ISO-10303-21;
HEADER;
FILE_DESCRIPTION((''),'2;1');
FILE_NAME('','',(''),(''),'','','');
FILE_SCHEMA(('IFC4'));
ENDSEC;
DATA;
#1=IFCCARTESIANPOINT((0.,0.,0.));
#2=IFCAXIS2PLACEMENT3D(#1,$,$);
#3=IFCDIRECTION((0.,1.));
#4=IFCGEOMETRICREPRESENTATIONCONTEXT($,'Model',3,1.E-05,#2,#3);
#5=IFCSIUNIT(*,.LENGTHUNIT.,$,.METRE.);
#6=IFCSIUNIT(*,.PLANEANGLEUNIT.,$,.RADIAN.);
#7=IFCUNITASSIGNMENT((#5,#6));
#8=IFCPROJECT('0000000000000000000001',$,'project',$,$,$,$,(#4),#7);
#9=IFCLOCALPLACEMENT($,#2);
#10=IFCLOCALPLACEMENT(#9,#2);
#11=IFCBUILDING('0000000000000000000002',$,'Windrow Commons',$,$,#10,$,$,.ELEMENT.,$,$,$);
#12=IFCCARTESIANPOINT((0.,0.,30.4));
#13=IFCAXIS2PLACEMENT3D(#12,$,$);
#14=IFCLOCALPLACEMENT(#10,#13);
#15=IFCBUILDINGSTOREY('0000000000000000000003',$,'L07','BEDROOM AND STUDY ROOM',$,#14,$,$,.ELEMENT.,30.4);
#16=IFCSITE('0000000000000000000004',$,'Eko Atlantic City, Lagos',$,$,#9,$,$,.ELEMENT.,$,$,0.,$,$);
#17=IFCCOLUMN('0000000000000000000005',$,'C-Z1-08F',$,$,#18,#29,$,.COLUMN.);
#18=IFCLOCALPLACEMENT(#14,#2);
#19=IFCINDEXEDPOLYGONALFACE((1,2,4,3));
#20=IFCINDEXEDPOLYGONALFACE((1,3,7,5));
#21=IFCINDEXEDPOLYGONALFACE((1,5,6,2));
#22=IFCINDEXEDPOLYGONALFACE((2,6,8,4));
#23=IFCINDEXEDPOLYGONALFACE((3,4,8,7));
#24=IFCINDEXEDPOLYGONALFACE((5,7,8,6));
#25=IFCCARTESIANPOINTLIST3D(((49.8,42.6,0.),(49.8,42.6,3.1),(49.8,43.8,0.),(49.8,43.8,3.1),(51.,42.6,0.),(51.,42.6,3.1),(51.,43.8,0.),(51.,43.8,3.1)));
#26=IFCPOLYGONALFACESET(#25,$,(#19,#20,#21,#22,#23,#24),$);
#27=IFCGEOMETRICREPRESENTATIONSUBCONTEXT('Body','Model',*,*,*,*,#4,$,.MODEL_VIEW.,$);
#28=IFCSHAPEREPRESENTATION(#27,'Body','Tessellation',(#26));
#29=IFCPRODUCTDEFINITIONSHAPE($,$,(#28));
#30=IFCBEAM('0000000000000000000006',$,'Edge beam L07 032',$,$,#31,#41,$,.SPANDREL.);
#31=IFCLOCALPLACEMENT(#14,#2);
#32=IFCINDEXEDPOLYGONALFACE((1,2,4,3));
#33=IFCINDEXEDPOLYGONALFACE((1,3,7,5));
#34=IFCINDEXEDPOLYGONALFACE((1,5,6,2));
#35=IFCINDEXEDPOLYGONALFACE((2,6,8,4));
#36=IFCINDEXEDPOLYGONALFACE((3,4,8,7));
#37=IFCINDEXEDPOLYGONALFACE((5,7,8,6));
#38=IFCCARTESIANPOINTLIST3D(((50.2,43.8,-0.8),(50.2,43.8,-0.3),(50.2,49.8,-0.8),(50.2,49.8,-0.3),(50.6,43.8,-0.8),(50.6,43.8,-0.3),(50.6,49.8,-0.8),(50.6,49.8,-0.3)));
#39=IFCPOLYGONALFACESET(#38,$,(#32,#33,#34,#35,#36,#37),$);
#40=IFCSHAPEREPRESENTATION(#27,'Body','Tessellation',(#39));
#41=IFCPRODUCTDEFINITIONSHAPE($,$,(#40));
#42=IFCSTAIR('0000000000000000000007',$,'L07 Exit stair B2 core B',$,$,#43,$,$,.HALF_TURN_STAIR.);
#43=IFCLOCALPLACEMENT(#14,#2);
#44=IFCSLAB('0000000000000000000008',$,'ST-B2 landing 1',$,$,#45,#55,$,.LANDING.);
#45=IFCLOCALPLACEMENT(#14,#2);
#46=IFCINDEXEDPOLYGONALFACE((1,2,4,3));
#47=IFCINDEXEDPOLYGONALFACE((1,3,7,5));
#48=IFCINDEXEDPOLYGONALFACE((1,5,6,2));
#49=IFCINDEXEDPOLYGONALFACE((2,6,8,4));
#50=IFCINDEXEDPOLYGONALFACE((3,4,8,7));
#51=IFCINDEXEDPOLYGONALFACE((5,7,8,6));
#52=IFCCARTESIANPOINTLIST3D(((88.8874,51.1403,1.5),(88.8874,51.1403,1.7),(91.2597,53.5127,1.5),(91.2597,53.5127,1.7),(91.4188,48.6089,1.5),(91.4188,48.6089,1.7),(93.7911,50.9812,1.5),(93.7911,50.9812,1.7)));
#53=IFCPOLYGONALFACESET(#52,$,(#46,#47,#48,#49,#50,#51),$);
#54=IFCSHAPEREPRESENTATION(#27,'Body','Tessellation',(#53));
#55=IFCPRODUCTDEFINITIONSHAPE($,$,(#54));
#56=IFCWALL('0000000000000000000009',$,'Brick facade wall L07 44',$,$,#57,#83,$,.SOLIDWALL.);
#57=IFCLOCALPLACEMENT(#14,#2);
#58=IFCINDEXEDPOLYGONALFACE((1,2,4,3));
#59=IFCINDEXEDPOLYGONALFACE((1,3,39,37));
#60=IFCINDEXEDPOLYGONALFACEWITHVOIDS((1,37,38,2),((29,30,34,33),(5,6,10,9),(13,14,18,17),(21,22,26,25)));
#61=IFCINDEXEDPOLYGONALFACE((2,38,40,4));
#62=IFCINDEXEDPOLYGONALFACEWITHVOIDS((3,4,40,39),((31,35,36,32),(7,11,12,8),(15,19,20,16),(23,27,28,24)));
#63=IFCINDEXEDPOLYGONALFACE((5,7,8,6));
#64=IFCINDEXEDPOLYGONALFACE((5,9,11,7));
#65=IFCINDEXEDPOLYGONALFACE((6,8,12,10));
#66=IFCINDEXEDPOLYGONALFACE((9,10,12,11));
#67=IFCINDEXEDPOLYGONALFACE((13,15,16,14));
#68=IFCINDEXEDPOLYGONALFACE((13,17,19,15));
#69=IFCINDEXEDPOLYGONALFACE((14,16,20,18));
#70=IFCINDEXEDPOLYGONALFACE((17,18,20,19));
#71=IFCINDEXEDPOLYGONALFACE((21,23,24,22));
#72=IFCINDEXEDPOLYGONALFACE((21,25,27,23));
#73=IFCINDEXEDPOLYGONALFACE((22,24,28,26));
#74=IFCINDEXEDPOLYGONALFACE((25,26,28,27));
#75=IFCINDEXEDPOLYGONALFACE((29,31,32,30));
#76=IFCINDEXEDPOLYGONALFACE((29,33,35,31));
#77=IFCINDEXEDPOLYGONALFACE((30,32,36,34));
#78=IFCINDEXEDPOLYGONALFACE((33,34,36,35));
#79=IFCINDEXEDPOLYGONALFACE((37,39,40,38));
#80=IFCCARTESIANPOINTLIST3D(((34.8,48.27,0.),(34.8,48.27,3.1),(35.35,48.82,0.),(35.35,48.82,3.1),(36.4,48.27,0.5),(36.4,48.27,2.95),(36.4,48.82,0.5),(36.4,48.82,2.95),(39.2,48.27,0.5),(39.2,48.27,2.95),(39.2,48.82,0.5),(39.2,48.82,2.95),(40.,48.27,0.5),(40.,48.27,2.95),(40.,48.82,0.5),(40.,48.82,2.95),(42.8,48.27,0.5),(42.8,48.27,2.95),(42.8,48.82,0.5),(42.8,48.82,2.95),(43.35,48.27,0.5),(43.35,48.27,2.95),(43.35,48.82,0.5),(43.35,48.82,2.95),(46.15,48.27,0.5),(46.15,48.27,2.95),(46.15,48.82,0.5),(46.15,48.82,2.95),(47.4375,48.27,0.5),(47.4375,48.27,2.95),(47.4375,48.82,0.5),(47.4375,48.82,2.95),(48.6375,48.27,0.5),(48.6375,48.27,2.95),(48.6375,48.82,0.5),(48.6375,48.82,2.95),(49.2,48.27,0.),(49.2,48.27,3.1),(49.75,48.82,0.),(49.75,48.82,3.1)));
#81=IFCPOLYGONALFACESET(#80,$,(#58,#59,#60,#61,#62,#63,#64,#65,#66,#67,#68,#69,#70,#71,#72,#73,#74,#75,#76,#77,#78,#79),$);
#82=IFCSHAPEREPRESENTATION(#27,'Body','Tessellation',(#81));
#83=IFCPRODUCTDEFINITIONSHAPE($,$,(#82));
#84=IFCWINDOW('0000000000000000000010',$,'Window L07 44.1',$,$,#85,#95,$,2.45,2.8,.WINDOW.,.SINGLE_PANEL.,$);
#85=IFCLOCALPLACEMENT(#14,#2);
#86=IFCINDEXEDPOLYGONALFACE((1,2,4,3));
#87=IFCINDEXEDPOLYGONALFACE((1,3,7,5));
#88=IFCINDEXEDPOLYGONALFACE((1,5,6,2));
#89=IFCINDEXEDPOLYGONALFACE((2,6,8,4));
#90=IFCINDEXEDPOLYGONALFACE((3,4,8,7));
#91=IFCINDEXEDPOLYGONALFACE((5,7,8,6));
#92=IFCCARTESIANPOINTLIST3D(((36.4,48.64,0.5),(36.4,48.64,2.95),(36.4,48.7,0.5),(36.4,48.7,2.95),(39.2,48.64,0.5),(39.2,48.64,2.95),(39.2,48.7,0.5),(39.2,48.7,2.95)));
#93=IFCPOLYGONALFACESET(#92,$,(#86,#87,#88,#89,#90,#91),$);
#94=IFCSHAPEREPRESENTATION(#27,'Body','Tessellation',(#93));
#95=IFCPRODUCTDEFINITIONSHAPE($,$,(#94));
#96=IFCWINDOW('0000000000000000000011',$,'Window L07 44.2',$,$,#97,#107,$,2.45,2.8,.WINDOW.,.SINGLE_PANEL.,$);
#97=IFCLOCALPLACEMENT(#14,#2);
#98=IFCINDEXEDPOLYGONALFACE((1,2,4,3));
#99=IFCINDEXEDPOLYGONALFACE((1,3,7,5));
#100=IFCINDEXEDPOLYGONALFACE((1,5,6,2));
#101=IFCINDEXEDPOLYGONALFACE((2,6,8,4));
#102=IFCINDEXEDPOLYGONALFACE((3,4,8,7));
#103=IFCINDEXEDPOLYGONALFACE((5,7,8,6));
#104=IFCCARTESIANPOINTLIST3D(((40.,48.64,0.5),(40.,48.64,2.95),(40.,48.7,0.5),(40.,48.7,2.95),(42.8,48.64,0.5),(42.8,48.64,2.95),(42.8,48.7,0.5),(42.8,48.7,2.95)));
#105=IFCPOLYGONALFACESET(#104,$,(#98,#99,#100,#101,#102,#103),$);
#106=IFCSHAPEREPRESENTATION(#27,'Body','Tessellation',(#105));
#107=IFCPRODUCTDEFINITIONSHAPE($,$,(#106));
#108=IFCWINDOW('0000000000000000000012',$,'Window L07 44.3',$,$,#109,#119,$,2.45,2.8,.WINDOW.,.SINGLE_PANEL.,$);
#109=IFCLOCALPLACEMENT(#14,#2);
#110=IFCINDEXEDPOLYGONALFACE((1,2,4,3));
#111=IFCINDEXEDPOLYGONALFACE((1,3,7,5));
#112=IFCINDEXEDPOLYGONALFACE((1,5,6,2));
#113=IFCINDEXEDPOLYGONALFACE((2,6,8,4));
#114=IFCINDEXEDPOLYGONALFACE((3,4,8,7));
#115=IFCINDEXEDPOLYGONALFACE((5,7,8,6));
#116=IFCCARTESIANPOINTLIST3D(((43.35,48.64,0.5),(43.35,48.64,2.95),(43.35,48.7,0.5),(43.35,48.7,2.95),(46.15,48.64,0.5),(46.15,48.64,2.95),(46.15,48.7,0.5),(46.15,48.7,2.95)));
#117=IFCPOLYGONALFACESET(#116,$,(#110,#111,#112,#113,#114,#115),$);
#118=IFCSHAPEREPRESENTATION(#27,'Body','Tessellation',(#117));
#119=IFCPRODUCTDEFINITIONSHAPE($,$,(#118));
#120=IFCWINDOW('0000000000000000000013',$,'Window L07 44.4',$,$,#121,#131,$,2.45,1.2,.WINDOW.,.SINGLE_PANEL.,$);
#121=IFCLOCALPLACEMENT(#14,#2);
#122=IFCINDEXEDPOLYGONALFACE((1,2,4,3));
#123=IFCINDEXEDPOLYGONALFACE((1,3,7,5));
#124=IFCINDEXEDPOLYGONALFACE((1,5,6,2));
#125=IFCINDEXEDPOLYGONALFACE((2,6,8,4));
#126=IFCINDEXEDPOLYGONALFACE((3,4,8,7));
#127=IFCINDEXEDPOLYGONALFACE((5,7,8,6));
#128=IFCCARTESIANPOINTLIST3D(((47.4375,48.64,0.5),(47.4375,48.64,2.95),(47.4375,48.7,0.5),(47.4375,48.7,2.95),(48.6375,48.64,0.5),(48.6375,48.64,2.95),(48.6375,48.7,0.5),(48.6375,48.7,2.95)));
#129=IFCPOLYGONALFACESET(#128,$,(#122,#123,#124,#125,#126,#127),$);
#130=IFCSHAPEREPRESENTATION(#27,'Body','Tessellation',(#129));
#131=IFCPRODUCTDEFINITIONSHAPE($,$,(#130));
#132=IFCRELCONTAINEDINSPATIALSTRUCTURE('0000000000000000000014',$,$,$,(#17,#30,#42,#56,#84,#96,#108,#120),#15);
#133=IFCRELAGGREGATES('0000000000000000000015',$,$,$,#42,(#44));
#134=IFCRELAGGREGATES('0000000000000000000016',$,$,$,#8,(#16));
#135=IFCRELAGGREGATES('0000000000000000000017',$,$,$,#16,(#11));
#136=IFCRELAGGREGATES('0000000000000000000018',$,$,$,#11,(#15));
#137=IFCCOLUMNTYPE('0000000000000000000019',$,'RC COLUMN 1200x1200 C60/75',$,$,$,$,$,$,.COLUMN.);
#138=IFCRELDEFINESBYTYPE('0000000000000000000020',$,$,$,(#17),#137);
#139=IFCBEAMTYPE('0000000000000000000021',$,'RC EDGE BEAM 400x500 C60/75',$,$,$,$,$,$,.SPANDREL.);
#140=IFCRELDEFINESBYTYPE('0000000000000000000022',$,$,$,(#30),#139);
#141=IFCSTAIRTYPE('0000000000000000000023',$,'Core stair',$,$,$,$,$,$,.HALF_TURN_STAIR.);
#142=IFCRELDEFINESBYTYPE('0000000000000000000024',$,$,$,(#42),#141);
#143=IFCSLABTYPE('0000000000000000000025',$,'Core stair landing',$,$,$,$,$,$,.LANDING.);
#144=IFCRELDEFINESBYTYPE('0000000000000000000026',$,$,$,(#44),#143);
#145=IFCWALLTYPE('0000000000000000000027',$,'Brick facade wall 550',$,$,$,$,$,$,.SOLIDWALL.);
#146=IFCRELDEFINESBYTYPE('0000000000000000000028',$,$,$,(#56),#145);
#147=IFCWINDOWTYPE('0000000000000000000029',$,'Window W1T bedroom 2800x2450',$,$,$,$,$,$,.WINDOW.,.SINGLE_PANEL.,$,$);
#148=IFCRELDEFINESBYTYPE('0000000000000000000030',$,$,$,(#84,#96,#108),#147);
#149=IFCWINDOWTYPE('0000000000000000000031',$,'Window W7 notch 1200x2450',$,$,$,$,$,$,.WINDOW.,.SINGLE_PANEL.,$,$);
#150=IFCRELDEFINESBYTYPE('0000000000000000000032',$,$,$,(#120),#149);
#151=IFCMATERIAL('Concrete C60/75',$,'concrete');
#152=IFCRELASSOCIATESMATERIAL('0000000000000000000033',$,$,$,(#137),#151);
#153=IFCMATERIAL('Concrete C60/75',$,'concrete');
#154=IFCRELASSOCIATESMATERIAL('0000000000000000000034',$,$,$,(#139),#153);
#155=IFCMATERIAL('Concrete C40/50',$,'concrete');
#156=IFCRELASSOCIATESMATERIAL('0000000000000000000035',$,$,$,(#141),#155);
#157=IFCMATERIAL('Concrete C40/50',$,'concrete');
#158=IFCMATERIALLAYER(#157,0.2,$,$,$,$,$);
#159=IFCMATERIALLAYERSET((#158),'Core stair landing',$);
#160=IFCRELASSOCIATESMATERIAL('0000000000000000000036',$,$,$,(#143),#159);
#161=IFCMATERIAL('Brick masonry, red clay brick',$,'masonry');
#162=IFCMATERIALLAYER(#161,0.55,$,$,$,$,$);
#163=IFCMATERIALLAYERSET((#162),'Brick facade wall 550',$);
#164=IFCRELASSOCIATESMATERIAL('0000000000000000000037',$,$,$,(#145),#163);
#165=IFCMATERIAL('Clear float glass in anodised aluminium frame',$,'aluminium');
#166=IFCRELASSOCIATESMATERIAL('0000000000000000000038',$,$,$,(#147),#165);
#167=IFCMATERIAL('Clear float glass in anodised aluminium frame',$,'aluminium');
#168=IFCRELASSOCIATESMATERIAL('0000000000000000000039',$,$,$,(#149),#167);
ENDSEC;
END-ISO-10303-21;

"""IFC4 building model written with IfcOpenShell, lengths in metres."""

from ifc_helpers import new_model, si_unit, direction, frame, frame_2d, origin, origin_2d, place, context, subcontext, project, spatial, polyline, rectangle, outline, extrude, material, layer, layer_set, material_profile, profile_set, type_object, element, fill, aggregate, save


model = new_model("IFC4")

# Units and contexts
model_context = context("Model", 3, precision=1e-05, world=origin(), true_north=direction((0.0, 1.0)))
body_context = subcontext(model_context, "Body", "Model", "MODEL_VIEW")
ifc_project = project(units=[si_unit("LENGTHUNIT", "METRE"), si_unit("PLANEANGLEUNIT", "RADIAN")], contexts=[model_context])

# Site, building, storey
site_placement = place(None, origin())
site = spatial("IfcSite", under=ifc_project, at=site_placement, Name="Eko Atlantic City, Lagos", CompositionType="ELEMENT", RefElevation=0.0)
building_placement = place(site_placement, origin())
building = spatial("IfcBuilding", under=site, at=building_placement, Name="Windrow Commons", CompositionType="ELEMENT")
storey_placement = place(building_placement, frame((0.0, 0.0, 30.4)))
storey = spatial("IfcBuildingStorey", under=building, at=storey_placement, Name="L07", Description="BEDROOM AND STUDY ROOM", CompositionType="ELEMENT", Elevation=30.4)

# Column
ifc_material_1 = material(Name="Concrete C60/75", Category="concrete")
ifc_material_profile_1 = material_profile(ifc_material_1, rectangle(XDim=1.2, YDim=1.2, at=origin_2d()))
ifc_profile_set_1 = profile_set([ifc_material_profile_1], Name="Concrete C60/75")
column_type = type_object("IfcColumnType", Name="RC COLUMN 1200x1200 C60/75", PredefinedType="COLUMN", material=ifc_profile_set_1)
column_placement = place(storey_placement, frame((50.4, 43.2, 0.0), z_axis=(0.0, 0.0, 1.0), x_axis=(1.0, 0.0, 0.0)))
element("IfcColumn", 1, at=column_placement, inside=storey, type_object=column_type, Name="C-Z1-08F", PredefinedType="COLUMN", context=body_context, shape_type="SweptSolid", body=[
    extrude(rectangle(XDim=1.2, YDim=1.2, at=origin_2d()), origin(), (0.0, 0.0, 1.0), 3.1),
])

# Beam
ifc_material_2 = material(Name="Concrete C60/75", Category="concrete")
ifc_material_profile_2 = material_profile(ifc_material_2, rectangle(XDim=0.4, YDim=0.5, at=origin_2d()))
ifc_profile_set_2 = profile_set([ifc_material_profile_2], Name="Concrete C60/75")
beam_type = type_object("IfcBeamType", Name="RC EDGE BEAM 400x500 C60/75", PredefinedType="SPANDREL", material=ifc_profile_set_2)
beam_placement = place(storey_placement, frame((50.4, 43.8, -0.55), z_axis=(0.0, 1.0, 0.0), x_axis=(-1.0, 0.0, 0.0)))
element("IfcBeam", 2, at=beam_placement, inside=storey, type_object=beam_type, Name="Edge beam L07 032", PredefinedType="SPANDREL", context=body_context, shape_type="SweptSolid", body=[
    extrude(rectangle(XDim=0.4, YDim=0.5, at=origin_2d()), origin(), (0.0, 0.0, 1.0), 6.0),
])

# Stair, slab
ifc_material_3 = material(Name="Concrete C40/50", Category="concrete")
stair_type = type_object("IfcStairType", Name="Core stair", PredefinedType="HALF_TURN_STAIR", material=ifc_material_3)
stair_placement = place(storey_placement, origin())
stair = element("IfcStair", 3, at=stair_placement, inside=storey, type_object=stair_type, Name="L07 Exit stair B2 core B", PredefinedType="HALF_TURN_STAIR")
ifc_material_4 = material(Name="Concrete C40/50", Category="concrete")
ifc_layer_1 = layer(ifc_material_4, 0.2)
ifc_layer_set_1 = layer_set([ifc_layer_1], Name="Core stair landing")
slab_type = type_object("IfcSlabType", Name="Core stair landing", PredefinedType="LANDING", material=ifc_layer_set_1)
slab_placement = place(storey_placement, frame((0.0, 0.0, 1.5)))
slab = element("IfcSlab", 4, at=slab_placement, type_object=slab_type, Name="ST-B2 landing 1", PredefinedType="LANDING", context=body_context, shape_type="SweptSolid", body=[
    extrude(outline(polyline([(88.8874, 51.1403), (91.4188, 48.6089), (93.7911, 50.9812), (91.2597, 53.5127), (88.8874, 51.1403)])), origin(), (0.0, 0.0, 1.0), 0.2),
])
aggregate(stair, [slab])

# Wall, openings, windows
ifc_material_5 = material(Name="Brick masonry, red clay brick", Category="masonry")
ifc_layer_2 = layer(ifc_material_5, 0.55)
ifc_layer_set_2 = layer_set([ifc_layer_2], Name="Brick facade wall 550")
wall_type_1 = type_object("IfcWallType", Name="Brick facade wall 550", PredefinedType="SOLIDWALL", material=ifc_layer_set_2)
wall_1_placement = place(storey_placement, frame((35.075, 48.545, 0.0), z_axis=(0.0, 0.0, 1.0), x_axis=(1.0, 0.0, 0.0)))
wall_1 = element("IfcWall", 5, at=wall_1_placement, inside=storey, type_object=wall_type_1, Name="Brick facade wall L07 44", PredefinedType="SOLIDWALL", context=body_context, shape_type="SweptSolid", body=[
    extrude(outline(polyline([(-0.275, -0.275), (14.125, -0.275), (14.675, 0.275), (0.275, 0.275), (-0.275, -0.275)])), origin(), (0.0, 0.0, 1.0), 3.1),
])
opening_1_placement = place(wall_1_placement, frame((1.325, 0.0, 0.5)))
opening_1 = element("IfcOpeningElement", 6, at=opening_1_placement, cuts=wall_1, PredefinedType="OPENING", context=body_context, shape_type="SweptSolid", body=[
    extrude(rectangle(XDim=2.8, YDim=2.45, at=frame_2d((1.4, 1.225))), frame((0.0, 0.285, 0.0), z_axis=(0.0, -1.0, 0.0), x_axis=(1.0, 0.0, 0.0)), (0.0, 0.0, 1.0), 0.57),
])
opening_2_placement = place(wall_1_placement, frame((4.925, 0.0, 0.5)))
opening_2 = element("IfcOpeningElement", 7, at=opening_2_placement, cuts=wall_1, PredefinedType="OPENING", context=body_context, shape_type="SweptSolid", body=[
    extrude(rectangle(XDim=2.8, YDim=2.45, at=frame_2d((1.4, 1.225))), frame((0.0, 0.285, 0.0), z_axis=(0.0, -1.0, 0.0), x_axis=(1.0, 0.0, 0.0)), (0.0, 0.0, 1.0), 0.57),
])
opening_3_placement = place(wall_1_placement, frame((8.275, 0.0, 0.5)))
opening_3 = element("IfcOpeningElement", 8, at=opening_3_placement, cuts=wall_1, PredefinedType="OPENING", context=body_context, shape_type="SweptSolid", body=[
    extrude(rectangle(XDim=2.8, YDim=2.45, at=frame_2d((1.4, 1.225))), frame((0.0, 0.285, 0.0), z_axis=(0.0, -1.0, 0.0), x_axis=(1.0, 0.0, 0.0)), (0.0, 0.0, 1.0), 0.57),
])
opening_4_placement = place(wall_1_placement, frame((12.3625, 0.0, 0.5)))
opening_4 = element("IfcOpeningElement", 9, at=opening_4_placement, cuts=wall_1, PredefinedType="OPENING", context=body_context, shape_type="SweptSolid", body=[
    extrude(rectangle(XDim=1.2, YDim=2.45, at=frame_2d((0.6, 1.225))), frame((0.0, 0.285, 0.0), z_axis=(0.0, -1.0, 0.0), x_axis=(1.0, 0.0, 0.0)), (0.0, 0.0, 1.0), 0.57),
])
ifc_material_6 = material(Name="Clear float glass in anodised aluminium frame", Category="aluminium")
window_type_1 = type_object("IfcWindowType", Name="Window W1T bedroom 2800x2450", PartitioningType="SINGLE_PANEL", PredefinedType="WINDOW", material=ifc_material_6)
window_1_placement = place(opening_1_placement, origin())
window_1 = element("IfcWindow", 10, at=window_1_placement, inside=storey, type_object=window_type_1, Name="Window L07 44.1", OverallHeight=2.45, OverallWidth=2.8, PartitioningType="SINGLE_PANEL", PredefinedType="WINDOW", context=body_context, shape_type="SweptSolid", body=[
    extrude(rectangle(XDim=2.8, YDim=2.45, at=frame_2d((1.4, 1.225))), frame((0.0, 0.155, 0.0), z_axis=(0.0, -1.0, 0.0), x_axis=(1.0, 0.0, 0.0)), (0.0, 0.0, 1.0), 0.06),
])
fill(opening_1, window_1)
window_2_placement = place(opening_2_placement, origin())
window_2 = element("IfcWindow", 11, at=window_2_placement, inside=storey, type_object=window_type_1, Name="Window L07 44.2", OverallHeight=2.45, OverallWidth=2.8, PartitioningType="SINGLE_PANEL", PredefinedType="WINDOW", context=body_context, shape_type="SweptSolid", body=[
    extrude(rectangle(XDim=2.8, YDim=2.45, at=frame_2d((1.4, 1.225))), frame((0.0, 0.155, 0.0), z_axis=(0.0, -1.0, 0.0), x_axis=(1.0, 0.0, 0.0)), (0.0, 0.0, 1.0), 0.06),
])
fill(opening_2, window_2)
window_3_placement = place(opening_3_placement, origin())
window_3 = element("IfcWindow", 12, at=window_3_placement, inside=storey, type_object=window_type_1, Name="Window L07 44.3", OverallHeight=2.45, OverallWidth=2.8, PartitioningType="SINGLE_PANEL", PredefinedType="WINDOW", context=body_context, shape_type="SweptSolid", body=[
    extrude(rectangle(XDim=2.8, YDim=2.45, at=frame_2d((1.4, 1.225))), frame((0.0, 0.155, 0.0), z_axis=(0.0, -1.0, 0.0), x_axis=(1.0, 0.0, 0.0)), (0.0, 0.0, 1.0), 0.06),
])
fill(opening_3, window_3)
ifc_material_7 = material(Name="Clear float glass in anodised aluminium frame", Category="aluminium")
window_type_2 = type_object("IfcWindowType", Name="Window W7 notch 1200x2450", PartitioningType="SINGLE_PANEL", PredefinedType="WINDOW", material=ifc_material_7)
window_4_placement = place(opening_4_placement, origin())
window_4 = element("IfcWindow", 13, at=window_4_placement, inside=storey, type_object=window_type_2, Name="Window L07 44.4", OverallHeight=2.45, OverallWidth=1.2, PartitioningType="SINGLE_PANEL", PredefinedType="WINDOW", context=body_context, shape_type="SweptSolid", body=[
    extrude(rectangle(XDim=1.2, YDim=2.45, at=frame_2d((0.6, 1.225))), frame((0.0, 0.155, 0.0), z_axis=(0.0, -1.0, 0.0), x_axis=(1.0, 0.0, 0.0)), (0.0, 0.0, 1.0), 0.06),
])
fill(opening_4, window_4)

save(model, "model.ifc")
